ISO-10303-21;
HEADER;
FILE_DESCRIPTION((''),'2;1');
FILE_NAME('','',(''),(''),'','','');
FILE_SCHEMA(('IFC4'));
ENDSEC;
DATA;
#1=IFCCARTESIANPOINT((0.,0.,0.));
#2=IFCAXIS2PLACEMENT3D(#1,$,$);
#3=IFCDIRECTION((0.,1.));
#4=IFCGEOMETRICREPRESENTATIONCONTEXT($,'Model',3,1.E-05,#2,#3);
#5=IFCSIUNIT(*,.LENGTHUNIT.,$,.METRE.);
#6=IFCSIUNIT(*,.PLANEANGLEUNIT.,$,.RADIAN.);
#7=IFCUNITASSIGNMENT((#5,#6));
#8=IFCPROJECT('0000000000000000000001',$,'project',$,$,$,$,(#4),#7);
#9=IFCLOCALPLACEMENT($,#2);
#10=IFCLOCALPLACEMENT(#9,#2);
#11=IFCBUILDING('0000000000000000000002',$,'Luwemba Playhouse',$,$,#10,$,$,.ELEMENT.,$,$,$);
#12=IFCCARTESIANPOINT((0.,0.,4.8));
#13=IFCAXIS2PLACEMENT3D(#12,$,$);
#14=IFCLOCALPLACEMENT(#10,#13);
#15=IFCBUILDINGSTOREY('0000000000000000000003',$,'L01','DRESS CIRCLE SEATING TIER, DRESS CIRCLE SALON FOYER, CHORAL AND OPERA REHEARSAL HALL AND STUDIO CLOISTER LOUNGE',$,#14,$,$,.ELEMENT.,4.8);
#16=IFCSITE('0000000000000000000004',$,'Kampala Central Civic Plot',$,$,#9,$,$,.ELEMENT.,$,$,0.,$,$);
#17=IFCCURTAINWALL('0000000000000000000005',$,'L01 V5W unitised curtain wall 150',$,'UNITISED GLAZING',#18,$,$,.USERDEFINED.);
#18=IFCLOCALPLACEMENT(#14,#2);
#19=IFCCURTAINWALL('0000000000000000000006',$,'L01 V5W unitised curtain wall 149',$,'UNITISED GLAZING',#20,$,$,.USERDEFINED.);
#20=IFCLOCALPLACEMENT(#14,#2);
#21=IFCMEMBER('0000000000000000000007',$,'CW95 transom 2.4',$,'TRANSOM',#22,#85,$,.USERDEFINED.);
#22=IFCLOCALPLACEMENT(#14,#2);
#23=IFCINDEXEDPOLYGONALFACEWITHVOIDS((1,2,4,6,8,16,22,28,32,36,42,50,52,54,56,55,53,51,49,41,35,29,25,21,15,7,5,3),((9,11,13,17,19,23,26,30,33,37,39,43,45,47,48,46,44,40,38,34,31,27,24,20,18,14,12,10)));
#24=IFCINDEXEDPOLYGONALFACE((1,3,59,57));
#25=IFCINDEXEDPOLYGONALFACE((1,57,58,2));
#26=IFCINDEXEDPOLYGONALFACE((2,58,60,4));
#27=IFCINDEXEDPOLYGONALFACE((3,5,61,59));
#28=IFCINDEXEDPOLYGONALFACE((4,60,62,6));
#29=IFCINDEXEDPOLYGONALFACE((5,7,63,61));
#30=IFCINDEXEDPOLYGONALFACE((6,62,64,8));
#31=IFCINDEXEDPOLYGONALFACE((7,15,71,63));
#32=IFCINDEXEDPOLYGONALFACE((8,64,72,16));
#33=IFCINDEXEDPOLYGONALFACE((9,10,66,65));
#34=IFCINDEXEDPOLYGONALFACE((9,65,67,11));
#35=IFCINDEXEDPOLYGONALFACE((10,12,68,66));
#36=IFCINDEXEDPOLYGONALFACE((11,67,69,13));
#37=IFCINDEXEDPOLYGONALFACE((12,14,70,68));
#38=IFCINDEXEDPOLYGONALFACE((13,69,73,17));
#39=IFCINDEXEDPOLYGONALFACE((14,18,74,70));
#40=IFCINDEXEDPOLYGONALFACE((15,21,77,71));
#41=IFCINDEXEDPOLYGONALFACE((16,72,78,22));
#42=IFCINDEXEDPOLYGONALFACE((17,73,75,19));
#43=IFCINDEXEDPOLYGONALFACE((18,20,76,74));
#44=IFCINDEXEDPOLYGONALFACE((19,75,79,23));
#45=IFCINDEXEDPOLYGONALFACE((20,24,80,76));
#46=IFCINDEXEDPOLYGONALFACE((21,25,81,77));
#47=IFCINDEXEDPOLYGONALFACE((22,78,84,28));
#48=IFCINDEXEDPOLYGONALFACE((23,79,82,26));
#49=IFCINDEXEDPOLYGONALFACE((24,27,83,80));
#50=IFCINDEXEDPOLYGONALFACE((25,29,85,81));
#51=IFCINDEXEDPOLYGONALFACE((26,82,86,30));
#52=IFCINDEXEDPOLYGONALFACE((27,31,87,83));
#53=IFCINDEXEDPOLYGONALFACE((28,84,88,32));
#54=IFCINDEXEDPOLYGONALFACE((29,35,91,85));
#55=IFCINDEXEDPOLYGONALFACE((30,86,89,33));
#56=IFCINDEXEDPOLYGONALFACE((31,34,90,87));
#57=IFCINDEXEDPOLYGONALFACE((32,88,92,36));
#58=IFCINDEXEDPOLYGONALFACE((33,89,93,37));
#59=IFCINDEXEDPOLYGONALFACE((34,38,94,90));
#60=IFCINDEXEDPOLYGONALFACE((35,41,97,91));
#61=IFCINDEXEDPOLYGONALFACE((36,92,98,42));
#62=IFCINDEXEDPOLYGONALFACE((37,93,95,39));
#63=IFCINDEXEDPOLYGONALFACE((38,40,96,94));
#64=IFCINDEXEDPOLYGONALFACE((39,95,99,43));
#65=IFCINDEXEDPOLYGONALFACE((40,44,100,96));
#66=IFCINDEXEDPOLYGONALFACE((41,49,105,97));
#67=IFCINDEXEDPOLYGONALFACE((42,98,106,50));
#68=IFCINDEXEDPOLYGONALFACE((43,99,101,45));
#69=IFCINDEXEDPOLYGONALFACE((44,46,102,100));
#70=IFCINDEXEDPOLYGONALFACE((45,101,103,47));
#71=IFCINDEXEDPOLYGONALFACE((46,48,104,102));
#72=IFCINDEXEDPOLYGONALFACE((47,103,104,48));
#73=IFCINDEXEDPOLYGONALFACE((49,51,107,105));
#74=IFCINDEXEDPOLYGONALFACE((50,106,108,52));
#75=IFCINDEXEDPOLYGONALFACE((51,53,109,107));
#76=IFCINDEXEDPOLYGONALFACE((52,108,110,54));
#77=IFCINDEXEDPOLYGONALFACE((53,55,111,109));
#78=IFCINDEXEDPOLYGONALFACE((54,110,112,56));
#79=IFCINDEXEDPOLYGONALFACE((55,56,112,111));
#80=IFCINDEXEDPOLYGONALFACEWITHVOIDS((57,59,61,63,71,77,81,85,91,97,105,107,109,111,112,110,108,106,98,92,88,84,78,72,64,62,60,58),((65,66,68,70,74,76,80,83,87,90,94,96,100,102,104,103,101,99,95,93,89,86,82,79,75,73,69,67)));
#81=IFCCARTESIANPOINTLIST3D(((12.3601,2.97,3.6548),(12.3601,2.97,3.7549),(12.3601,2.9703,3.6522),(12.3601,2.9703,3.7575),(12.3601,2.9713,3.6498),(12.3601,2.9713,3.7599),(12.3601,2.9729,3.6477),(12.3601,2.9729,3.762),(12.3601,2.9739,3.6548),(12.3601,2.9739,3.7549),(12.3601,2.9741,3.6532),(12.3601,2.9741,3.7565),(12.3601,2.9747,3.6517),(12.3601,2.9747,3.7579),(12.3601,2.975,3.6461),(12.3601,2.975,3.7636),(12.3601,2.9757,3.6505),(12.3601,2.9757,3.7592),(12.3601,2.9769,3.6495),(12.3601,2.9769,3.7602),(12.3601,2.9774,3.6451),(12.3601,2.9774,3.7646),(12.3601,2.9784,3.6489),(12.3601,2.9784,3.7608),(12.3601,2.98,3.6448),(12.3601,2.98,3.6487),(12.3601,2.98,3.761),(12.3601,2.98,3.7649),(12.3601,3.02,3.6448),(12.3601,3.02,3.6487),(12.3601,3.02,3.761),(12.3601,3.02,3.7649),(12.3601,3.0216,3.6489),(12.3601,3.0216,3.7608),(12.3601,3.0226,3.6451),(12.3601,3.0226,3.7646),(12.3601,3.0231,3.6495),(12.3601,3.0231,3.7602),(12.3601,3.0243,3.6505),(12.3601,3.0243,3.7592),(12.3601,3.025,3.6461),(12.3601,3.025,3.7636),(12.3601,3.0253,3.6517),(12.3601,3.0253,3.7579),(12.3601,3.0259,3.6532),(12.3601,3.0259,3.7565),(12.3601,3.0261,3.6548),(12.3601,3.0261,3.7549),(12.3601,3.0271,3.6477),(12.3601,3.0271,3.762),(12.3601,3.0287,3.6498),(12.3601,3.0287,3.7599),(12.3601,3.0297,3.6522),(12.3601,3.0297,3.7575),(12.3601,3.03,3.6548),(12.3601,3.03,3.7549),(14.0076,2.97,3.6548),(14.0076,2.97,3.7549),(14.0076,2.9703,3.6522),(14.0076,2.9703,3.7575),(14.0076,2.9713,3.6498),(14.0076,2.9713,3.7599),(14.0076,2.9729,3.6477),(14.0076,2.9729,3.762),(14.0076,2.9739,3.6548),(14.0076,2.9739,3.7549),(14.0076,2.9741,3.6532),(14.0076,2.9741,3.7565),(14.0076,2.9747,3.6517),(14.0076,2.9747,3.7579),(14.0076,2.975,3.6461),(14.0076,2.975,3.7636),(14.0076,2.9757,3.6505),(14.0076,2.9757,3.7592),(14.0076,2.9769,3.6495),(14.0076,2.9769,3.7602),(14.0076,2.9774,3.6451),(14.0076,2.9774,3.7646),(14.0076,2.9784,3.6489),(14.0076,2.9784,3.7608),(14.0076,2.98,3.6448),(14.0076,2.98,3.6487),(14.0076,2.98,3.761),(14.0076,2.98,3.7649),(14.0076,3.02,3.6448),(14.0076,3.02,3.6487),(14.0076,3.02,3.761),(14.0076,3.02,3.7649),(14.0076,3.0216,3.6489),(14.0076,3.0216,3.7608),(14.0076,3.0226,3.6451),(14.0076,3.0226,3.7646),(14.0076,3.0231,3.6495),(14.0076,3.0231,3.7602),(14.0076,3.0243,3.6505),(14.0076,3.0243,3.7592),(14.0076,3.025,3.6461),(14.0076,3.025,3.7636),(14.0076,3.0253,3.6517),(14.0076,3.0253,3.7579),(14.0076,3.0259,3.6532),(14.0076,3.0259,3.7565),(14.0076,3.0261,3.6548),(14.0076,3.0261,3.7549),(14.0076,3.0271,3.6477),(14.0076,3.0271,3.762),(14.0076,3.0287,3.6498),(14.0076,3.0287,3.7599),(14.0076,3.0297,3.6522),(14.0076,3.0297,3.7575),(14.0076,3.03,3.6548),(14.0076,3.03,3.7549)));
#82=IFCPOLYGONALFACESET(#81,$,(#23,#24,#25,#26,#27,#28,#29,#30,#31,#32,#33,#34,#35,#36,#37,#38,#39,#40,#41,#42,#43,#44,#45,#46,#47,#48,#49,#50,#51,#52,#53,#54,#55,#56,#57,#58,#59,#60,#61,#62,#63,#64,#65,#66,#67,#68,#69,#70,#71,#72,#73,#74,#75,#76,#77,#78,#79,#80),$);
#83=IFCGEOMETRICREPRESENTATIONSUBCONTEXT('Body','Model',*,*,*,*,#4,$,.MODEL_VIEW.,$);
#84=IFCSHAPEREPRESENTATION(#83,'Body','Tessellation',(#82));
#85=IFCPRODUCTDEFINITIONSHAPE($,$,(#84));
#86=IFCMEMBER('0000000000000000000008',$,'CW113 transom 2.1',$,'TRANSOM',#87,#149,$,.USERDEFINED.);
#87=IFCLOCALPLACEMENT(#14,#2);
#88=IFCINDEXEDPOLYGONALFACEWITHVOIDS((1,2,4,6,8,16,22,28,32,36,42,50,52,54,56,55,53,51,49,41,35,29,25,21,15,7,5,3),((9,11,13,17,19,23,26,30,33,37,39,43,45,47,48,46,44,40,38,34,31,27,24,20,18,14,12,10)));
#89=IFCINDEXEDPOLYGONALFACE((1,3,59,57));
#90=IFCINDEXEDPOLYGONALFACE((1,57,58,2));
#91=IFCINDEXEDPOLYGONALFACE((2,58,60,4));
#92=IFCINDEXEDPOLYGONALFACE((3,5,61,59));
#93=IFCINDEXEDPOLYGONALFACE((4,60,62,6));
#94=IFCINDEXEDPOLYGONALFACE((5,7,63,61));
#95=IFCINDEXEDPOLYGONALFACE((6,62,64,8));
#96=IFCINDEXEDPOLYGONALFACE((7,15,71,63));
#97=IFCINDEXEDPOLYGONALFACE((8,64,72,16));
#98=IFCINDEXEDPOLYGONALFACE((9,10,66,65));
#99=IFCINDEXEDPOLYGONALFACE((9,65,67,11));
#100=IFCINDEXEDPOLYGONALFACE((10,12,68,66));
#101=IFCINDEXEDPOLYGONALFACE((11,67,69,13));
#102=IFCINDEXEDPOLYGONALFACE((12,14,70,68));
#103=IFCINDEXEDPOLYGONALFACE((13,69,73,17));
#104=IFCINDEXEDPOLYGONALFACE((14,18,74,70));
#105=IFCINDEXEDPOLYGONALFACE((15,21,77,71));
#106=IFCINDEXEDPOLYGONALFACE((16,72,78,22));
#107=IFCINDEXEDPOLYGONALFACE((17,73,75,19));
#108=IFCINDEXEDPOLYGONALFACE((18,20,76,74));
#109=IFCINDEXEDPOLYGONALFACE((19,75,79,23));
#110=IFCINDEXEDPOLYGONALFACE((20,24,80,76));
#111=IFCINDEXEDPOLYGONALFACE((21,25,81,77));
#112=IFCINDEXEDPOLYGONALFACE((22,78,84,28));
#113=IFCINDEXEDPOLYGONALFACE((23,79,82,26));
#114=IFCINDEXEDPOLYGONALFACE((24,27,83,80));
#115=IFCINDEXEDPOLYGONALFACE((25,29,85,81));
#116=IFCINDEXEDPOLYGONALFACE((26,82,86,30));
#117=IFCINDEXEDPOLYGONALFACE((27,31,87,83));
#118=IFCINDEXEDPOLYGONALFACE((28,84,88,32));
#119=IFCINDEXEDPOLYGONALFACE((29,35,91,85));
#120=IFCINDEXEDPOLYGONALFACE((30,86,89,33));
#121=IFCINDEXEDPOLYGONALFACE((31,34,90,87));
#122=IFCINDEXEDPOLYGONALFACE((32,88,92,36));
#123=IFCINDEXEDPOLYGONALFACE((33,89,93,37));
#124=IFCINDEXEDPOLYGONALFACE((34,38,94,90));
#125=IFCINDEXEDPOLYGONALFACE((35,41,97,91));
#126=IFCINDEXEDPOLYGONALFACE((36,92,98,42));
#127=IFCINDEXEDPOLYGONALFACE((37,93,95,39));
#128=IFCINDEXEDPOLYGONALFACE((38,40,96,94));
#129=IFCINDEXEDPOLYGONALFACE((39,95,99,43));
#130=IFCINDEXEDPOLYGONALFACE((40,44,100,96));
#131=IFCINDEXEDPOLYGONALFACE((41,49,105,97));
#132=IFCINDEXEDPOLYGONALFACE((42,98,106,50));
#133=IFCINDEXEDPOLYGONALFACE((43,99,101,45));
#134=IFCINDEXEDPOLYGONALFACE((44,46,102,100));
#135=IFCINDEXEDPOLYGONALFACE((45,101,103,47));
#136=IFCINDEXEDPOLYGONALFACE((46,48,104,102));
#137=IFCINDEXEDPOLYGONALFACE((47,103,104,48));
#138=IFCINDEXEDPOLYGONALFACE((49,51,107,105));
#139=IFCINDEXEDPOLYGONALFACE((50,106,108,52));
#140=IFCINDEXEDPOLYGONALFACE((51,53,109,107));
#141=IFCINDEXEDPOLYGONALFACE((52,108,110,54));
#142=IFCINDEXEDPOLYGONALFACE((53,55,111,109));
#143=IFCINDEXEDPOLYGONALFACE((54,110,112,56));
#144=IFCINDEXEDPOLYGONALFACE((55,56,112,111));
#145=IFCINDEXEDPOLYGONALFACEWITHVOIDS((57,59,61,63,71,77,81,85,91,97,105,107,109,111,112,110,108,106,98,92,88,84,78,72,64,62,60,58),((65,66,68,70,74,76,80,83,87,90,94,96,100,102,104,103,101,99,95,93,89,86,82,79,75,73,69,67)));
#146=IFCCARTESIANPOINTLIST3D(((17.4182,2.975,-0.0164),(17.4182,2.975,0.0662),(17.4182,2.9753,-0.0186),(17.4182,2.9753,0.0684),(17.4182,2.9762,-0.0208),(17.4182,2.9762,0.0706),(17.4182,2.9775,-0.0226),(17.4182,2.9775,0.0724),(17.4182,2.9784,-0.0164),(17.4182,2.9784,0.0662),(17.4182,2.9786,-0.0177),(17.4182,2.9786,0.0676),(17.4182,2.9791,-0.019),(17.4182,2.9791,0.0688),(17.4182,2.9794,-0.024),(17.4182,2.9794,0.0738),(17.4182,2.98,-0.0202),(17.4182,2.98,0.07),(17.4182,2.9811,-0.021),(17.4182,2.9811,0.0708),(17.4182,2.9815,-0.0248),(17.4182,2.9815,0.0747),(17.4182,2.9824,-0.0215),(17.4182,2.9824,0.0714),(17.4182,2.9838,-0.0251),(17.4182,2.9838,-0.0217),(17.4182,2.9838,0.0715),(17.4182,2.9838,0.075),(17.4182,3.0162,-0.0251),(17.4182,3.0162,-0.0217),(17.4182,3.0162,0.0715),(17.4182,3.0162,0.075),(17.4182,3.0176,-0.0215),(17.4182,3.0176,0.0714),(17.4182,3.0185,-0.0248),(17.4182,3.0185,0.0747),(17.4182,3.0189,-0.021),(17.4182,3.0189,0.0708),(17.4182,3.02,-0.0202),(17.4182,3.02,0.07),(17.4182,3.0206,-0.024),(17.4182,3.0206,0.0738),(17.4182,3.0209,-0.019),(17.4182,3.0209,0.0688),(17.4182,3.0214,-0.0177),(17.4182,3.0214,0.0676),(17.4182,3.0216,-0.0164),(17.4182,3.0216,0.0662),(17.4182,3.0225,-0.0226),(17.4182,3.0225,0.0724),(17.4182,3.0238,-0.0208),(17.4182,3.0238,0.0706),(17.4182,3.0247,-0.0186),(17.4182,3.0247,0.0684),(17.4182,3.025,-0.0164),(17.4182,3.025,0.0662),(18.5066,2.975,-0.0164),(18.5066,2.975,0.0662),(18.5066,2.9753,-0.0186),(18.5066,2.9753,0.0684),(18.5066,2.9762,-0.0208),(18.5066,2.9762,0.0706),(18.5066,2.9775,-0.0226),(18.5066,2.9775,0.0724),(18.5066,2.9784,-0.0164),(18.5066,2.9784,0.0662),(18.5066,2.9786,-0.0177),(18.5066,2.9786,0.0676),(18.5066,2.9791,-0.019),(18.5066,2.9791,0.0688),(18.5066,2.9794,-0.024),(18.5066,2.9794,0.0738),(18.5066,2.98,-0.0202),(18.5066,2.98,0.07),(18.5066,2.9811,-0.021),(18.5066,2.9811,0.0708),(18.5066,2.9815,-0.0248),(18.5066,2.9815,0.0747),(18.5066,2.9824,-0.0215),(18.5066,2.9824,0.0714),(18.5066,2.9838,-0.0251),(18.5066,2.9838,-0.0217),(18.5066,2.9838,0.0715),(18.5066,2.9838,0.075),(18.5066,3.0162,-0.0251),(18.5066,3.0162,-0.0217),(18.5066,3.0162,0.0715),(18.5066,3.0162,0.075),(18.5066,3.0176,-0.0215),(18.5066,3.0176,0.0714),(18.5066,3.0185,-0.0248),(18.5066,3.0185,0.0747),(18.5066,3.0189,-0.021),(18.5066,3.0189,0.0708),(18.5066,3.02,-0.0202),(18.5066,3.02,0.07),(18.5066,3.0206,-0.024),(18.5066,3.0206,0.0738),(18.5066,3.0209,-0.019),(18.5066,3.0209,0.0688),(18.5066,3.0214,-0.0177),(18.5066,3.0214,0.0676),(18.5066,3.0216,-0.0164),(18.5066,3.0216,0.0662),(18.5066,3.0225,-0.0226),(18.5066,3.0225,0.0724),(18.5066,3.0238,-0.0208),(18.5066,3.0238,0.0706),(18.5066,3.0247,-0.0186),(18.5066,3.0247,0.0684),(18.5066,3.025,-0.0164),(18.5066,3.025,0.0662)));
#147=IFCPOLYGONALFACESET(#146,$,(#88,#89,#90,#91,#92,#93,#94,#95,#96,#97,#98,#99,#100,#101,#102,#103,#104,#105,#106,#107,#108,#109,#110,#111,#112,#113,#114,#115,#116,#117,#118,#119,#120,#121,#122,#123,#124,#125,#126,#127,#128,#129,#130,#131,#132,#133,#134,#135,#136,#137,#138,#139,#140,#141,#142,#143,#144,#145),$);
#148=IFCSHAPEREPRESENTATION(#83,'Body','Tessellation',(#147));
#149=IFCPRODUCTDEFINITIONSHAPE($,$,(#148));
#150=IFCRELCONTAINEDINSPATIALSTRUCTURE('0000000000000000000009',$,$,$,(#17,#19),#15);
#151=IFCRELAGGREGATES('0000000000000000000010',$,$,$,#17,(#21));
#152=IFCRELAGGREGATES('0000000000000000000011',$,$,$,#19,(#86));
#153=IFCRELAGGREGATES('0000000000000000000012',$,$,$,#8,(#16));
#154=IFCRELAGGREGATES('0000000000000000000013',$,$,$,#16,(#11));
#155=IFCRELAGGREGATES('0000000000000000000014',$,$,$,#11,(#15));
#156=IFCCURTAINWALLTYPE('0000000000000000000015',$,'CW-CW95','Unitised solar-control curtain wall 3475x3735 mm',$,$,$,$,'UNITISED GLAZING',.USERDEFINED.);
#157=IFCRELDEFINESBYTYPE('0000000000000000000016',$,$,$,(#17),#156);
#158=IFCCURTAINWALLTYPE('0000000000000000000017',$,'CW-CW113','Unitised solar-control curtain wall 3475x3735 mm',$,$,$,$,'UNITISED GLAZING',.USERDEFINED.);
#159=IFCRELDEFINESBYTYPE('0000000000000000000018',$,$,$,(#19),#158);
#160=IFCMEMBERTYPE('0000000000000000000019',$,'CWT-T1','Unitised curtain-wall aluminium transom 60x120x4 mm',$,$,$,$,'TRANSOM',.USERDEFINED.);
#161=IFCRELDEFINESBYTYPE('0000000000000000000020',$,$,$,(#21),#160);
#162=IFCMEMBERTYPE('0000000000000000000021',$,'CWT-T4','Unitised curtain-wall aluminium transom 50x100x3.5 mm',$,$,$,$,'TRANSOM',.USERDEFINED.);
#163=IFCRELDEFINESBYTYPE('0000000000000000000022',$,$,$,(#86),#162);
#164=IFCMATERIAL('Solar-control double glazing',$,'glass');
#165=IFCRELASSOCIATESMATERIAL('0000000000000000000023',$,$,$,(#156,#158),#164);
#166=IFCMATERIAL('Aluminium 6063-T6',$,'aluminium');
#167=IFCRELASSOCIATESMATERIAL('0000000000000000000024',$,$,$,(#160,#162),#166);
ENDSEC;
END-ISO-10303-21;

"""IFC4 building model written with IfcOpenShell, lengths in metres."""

from ifc_helpers import new_model, si_unit, direction, frame, origin, origin_2d, place, context, subcontext, project, spatial, hollow_rectangle, extrude, material, material_profile, profile_set, type_object, element, aggregate, save


model = new_model("IFC4")

# Units and contexts
model_context = context("Model", 3, precision=1e-05, world=origin(), true_north=direction((0.0, 1.0)))
body_context = subcontext(model_context, "Body", "Model", "MODEL_VIEW")
ifc_project = project(units=[si_unit("LENGTHUNIT", "METRE"), si_unit("PLANEANGLEUNIT", "RADIAN")], contexts=[model_context])

# Site, building, storey
site_placement = place(None, origin())
site = spatial("IfcSite", under=ifc_project, at=site_placement, Name="Kampala Central Civic Plot", CompositionType="ELEMENT", RefElevation=0.0)
building_placement = place(site_placement, origin())
building = spatial("IfcBuilding", under=site, at=building_placement, Name="Luwemba Playhouse", CompositionType="ELEMENT")
storey_placement = place(building_placement, frame((0.0, 0.0, 4.8)))
storey = spatial("IfcBuildingStorey", under=building, at=storey_placement, Name="L01", Description="DRESS CIRCLE SEATING TIER, DRESS CIRCLE SALON FOYER, CHORAL AND OPERA REHEARSAL HALL AND STUDIO CLOISTER LOUNGE", CompositionType="ELEMENT", Elevation=4.8)

# Curtain walls
ifc_material_1 = material(Name="Solar-control double glazing", Category="glass")
curtain_wall_type_1 = type_object("IfcCurtainWallType", Name="CW-CW95", Description="Unitised solar-control curtain wall 3475x3735 mm", ElementType="UNITISED GLAZING", PredefinedType="USERDEFINED", material=ifc_material_1)
curtain_wall_1_placement = place(storey_placement, origin())
curtain_wall_1 = element("IfcCurtainWall", 1, at=curtain_wall_1_placement, inside=storey, type_object=curtain_wall_type_1, Name="L01 V5W unitised curtain wall 150", ObjectType="UNITISED GLAZING", PredefinedType="USERDEFINED")
ifc_material_2 = material(Name="Aluminium 6063-T6", Category="aluminium")
curtain_wall_type_2 = type_object("IfcCurtainWallType", Name="CW-CW113", Description="Unitised solar-control curtain wall 3475x3735 mm", ElementType="UNITISED GLAZING", PredefinedType="USERDEFINED", material=ifc_material_1)
curtain_wall_2_placement = place(storey_placement, origin())
curtain_wall_2 = element("IfcCurtainWall", 2, at=curtain_wall_2_placement, inside=storey, type_object=curtain_wall_type_2, Name="L01 V5W unitised curtain wall 149", ObjectType="UNITISED GLAZING", PredefinedType="USERDEFINED")

# Members
ifc_material_profile_1 = material_profile(ifc_material_2, hollow_rectangle(XDim=0.0601, YDim=0.1201, WallThickness=0.0039, InnerFilletRadius=0.0061, OuterFilletRadius=0.01, at=origin_2d()))
ifc_profile_set_1 = profile_set([ifc_material_profile_1], Name="Aluminium 6063-T6")
member_type_1 = type_object("IfcMemberType", Name="CWT-T1", Description="Unitised curtain-wall aluminium transom 60x120x4 mm", ElementType="TRANSOM", PredefinedType="USERDEFINED", material=ifc_profile_set_1)
member_1_placement = place(storey_placement, frame((14.0076, 3.0, 3.7048), z_axis=(-1.0, 0.0, 0.0), x_axis=(0.0, -1.0, 0.0)))
member_1 = element("IfcMember", 3, at=member_1_placement, type_object=member_type_1, Name="CW95 transom 2.4", ObjectType="TRANSOM", PredefinedType="USERDEFINED", context=body_context, shape_type="SweptSolid", body=[
    extrude(hollow_rectangle(XDim=0.0601, YDim=0.1201, WallThickness=0.0039, InnerFilletRadius=0.0061, OuterFilletRadius=0.01, at=origin_2d()), origin(), (0.0, 0.0, 1.0), 1.6475),
])
ifc_material_profile_2 = material_profile(ifc_material_2, hollow_rectangle(XDim=0.05, YDim=0.1001, WallThickness=0.0034, InnerFilletRadius=0.0054, OuterFilletRadius=0.0088, at=origin_2d()))
ifc_profile_set_2 = profile_set([ifc_material_profile_2], Name="Aluminium 6063-T6")
member_type_2 = type_object("IfcMemberType", Name="CWT-T4", Description="Unitised curtain-wall aluminium transom 50x100x3.5 mm", ElementType="TRANSOM", PredefinedType="USERDEFINED", material=ifc_profile_set_2)
member_2_placement = place(storey_placement, frame((18.5066, 3.0, 0.0249), z_axis=(-1.0, 0.0, 0.0), x_axis=(0.0, -1.0, 0.0)))
member_2 = element("IfcMember", 4, at=member_2_placement, type_object=member_type_2, Name="CW113 transom 2.1", ObjectType="TRANSOM", PredefinedType="USERDEFINED", context=body_context, shape_type="SweptSolid", body=[
    extrude(hollow_rectangle(XDim=0.05, YDim=0.1001, WallThickness=0.0034, InnerFilletRadius=0.0054, OuterFilletRadius=0.0088, at=origin_2d()), origin(), (0.0, 0.0, 1.0), 1.0884),
])

aggregate(curtain_wall_1, [member_1])
aggregate(curtain_wall_2, [member_2])

save(model, "model.ifc")
